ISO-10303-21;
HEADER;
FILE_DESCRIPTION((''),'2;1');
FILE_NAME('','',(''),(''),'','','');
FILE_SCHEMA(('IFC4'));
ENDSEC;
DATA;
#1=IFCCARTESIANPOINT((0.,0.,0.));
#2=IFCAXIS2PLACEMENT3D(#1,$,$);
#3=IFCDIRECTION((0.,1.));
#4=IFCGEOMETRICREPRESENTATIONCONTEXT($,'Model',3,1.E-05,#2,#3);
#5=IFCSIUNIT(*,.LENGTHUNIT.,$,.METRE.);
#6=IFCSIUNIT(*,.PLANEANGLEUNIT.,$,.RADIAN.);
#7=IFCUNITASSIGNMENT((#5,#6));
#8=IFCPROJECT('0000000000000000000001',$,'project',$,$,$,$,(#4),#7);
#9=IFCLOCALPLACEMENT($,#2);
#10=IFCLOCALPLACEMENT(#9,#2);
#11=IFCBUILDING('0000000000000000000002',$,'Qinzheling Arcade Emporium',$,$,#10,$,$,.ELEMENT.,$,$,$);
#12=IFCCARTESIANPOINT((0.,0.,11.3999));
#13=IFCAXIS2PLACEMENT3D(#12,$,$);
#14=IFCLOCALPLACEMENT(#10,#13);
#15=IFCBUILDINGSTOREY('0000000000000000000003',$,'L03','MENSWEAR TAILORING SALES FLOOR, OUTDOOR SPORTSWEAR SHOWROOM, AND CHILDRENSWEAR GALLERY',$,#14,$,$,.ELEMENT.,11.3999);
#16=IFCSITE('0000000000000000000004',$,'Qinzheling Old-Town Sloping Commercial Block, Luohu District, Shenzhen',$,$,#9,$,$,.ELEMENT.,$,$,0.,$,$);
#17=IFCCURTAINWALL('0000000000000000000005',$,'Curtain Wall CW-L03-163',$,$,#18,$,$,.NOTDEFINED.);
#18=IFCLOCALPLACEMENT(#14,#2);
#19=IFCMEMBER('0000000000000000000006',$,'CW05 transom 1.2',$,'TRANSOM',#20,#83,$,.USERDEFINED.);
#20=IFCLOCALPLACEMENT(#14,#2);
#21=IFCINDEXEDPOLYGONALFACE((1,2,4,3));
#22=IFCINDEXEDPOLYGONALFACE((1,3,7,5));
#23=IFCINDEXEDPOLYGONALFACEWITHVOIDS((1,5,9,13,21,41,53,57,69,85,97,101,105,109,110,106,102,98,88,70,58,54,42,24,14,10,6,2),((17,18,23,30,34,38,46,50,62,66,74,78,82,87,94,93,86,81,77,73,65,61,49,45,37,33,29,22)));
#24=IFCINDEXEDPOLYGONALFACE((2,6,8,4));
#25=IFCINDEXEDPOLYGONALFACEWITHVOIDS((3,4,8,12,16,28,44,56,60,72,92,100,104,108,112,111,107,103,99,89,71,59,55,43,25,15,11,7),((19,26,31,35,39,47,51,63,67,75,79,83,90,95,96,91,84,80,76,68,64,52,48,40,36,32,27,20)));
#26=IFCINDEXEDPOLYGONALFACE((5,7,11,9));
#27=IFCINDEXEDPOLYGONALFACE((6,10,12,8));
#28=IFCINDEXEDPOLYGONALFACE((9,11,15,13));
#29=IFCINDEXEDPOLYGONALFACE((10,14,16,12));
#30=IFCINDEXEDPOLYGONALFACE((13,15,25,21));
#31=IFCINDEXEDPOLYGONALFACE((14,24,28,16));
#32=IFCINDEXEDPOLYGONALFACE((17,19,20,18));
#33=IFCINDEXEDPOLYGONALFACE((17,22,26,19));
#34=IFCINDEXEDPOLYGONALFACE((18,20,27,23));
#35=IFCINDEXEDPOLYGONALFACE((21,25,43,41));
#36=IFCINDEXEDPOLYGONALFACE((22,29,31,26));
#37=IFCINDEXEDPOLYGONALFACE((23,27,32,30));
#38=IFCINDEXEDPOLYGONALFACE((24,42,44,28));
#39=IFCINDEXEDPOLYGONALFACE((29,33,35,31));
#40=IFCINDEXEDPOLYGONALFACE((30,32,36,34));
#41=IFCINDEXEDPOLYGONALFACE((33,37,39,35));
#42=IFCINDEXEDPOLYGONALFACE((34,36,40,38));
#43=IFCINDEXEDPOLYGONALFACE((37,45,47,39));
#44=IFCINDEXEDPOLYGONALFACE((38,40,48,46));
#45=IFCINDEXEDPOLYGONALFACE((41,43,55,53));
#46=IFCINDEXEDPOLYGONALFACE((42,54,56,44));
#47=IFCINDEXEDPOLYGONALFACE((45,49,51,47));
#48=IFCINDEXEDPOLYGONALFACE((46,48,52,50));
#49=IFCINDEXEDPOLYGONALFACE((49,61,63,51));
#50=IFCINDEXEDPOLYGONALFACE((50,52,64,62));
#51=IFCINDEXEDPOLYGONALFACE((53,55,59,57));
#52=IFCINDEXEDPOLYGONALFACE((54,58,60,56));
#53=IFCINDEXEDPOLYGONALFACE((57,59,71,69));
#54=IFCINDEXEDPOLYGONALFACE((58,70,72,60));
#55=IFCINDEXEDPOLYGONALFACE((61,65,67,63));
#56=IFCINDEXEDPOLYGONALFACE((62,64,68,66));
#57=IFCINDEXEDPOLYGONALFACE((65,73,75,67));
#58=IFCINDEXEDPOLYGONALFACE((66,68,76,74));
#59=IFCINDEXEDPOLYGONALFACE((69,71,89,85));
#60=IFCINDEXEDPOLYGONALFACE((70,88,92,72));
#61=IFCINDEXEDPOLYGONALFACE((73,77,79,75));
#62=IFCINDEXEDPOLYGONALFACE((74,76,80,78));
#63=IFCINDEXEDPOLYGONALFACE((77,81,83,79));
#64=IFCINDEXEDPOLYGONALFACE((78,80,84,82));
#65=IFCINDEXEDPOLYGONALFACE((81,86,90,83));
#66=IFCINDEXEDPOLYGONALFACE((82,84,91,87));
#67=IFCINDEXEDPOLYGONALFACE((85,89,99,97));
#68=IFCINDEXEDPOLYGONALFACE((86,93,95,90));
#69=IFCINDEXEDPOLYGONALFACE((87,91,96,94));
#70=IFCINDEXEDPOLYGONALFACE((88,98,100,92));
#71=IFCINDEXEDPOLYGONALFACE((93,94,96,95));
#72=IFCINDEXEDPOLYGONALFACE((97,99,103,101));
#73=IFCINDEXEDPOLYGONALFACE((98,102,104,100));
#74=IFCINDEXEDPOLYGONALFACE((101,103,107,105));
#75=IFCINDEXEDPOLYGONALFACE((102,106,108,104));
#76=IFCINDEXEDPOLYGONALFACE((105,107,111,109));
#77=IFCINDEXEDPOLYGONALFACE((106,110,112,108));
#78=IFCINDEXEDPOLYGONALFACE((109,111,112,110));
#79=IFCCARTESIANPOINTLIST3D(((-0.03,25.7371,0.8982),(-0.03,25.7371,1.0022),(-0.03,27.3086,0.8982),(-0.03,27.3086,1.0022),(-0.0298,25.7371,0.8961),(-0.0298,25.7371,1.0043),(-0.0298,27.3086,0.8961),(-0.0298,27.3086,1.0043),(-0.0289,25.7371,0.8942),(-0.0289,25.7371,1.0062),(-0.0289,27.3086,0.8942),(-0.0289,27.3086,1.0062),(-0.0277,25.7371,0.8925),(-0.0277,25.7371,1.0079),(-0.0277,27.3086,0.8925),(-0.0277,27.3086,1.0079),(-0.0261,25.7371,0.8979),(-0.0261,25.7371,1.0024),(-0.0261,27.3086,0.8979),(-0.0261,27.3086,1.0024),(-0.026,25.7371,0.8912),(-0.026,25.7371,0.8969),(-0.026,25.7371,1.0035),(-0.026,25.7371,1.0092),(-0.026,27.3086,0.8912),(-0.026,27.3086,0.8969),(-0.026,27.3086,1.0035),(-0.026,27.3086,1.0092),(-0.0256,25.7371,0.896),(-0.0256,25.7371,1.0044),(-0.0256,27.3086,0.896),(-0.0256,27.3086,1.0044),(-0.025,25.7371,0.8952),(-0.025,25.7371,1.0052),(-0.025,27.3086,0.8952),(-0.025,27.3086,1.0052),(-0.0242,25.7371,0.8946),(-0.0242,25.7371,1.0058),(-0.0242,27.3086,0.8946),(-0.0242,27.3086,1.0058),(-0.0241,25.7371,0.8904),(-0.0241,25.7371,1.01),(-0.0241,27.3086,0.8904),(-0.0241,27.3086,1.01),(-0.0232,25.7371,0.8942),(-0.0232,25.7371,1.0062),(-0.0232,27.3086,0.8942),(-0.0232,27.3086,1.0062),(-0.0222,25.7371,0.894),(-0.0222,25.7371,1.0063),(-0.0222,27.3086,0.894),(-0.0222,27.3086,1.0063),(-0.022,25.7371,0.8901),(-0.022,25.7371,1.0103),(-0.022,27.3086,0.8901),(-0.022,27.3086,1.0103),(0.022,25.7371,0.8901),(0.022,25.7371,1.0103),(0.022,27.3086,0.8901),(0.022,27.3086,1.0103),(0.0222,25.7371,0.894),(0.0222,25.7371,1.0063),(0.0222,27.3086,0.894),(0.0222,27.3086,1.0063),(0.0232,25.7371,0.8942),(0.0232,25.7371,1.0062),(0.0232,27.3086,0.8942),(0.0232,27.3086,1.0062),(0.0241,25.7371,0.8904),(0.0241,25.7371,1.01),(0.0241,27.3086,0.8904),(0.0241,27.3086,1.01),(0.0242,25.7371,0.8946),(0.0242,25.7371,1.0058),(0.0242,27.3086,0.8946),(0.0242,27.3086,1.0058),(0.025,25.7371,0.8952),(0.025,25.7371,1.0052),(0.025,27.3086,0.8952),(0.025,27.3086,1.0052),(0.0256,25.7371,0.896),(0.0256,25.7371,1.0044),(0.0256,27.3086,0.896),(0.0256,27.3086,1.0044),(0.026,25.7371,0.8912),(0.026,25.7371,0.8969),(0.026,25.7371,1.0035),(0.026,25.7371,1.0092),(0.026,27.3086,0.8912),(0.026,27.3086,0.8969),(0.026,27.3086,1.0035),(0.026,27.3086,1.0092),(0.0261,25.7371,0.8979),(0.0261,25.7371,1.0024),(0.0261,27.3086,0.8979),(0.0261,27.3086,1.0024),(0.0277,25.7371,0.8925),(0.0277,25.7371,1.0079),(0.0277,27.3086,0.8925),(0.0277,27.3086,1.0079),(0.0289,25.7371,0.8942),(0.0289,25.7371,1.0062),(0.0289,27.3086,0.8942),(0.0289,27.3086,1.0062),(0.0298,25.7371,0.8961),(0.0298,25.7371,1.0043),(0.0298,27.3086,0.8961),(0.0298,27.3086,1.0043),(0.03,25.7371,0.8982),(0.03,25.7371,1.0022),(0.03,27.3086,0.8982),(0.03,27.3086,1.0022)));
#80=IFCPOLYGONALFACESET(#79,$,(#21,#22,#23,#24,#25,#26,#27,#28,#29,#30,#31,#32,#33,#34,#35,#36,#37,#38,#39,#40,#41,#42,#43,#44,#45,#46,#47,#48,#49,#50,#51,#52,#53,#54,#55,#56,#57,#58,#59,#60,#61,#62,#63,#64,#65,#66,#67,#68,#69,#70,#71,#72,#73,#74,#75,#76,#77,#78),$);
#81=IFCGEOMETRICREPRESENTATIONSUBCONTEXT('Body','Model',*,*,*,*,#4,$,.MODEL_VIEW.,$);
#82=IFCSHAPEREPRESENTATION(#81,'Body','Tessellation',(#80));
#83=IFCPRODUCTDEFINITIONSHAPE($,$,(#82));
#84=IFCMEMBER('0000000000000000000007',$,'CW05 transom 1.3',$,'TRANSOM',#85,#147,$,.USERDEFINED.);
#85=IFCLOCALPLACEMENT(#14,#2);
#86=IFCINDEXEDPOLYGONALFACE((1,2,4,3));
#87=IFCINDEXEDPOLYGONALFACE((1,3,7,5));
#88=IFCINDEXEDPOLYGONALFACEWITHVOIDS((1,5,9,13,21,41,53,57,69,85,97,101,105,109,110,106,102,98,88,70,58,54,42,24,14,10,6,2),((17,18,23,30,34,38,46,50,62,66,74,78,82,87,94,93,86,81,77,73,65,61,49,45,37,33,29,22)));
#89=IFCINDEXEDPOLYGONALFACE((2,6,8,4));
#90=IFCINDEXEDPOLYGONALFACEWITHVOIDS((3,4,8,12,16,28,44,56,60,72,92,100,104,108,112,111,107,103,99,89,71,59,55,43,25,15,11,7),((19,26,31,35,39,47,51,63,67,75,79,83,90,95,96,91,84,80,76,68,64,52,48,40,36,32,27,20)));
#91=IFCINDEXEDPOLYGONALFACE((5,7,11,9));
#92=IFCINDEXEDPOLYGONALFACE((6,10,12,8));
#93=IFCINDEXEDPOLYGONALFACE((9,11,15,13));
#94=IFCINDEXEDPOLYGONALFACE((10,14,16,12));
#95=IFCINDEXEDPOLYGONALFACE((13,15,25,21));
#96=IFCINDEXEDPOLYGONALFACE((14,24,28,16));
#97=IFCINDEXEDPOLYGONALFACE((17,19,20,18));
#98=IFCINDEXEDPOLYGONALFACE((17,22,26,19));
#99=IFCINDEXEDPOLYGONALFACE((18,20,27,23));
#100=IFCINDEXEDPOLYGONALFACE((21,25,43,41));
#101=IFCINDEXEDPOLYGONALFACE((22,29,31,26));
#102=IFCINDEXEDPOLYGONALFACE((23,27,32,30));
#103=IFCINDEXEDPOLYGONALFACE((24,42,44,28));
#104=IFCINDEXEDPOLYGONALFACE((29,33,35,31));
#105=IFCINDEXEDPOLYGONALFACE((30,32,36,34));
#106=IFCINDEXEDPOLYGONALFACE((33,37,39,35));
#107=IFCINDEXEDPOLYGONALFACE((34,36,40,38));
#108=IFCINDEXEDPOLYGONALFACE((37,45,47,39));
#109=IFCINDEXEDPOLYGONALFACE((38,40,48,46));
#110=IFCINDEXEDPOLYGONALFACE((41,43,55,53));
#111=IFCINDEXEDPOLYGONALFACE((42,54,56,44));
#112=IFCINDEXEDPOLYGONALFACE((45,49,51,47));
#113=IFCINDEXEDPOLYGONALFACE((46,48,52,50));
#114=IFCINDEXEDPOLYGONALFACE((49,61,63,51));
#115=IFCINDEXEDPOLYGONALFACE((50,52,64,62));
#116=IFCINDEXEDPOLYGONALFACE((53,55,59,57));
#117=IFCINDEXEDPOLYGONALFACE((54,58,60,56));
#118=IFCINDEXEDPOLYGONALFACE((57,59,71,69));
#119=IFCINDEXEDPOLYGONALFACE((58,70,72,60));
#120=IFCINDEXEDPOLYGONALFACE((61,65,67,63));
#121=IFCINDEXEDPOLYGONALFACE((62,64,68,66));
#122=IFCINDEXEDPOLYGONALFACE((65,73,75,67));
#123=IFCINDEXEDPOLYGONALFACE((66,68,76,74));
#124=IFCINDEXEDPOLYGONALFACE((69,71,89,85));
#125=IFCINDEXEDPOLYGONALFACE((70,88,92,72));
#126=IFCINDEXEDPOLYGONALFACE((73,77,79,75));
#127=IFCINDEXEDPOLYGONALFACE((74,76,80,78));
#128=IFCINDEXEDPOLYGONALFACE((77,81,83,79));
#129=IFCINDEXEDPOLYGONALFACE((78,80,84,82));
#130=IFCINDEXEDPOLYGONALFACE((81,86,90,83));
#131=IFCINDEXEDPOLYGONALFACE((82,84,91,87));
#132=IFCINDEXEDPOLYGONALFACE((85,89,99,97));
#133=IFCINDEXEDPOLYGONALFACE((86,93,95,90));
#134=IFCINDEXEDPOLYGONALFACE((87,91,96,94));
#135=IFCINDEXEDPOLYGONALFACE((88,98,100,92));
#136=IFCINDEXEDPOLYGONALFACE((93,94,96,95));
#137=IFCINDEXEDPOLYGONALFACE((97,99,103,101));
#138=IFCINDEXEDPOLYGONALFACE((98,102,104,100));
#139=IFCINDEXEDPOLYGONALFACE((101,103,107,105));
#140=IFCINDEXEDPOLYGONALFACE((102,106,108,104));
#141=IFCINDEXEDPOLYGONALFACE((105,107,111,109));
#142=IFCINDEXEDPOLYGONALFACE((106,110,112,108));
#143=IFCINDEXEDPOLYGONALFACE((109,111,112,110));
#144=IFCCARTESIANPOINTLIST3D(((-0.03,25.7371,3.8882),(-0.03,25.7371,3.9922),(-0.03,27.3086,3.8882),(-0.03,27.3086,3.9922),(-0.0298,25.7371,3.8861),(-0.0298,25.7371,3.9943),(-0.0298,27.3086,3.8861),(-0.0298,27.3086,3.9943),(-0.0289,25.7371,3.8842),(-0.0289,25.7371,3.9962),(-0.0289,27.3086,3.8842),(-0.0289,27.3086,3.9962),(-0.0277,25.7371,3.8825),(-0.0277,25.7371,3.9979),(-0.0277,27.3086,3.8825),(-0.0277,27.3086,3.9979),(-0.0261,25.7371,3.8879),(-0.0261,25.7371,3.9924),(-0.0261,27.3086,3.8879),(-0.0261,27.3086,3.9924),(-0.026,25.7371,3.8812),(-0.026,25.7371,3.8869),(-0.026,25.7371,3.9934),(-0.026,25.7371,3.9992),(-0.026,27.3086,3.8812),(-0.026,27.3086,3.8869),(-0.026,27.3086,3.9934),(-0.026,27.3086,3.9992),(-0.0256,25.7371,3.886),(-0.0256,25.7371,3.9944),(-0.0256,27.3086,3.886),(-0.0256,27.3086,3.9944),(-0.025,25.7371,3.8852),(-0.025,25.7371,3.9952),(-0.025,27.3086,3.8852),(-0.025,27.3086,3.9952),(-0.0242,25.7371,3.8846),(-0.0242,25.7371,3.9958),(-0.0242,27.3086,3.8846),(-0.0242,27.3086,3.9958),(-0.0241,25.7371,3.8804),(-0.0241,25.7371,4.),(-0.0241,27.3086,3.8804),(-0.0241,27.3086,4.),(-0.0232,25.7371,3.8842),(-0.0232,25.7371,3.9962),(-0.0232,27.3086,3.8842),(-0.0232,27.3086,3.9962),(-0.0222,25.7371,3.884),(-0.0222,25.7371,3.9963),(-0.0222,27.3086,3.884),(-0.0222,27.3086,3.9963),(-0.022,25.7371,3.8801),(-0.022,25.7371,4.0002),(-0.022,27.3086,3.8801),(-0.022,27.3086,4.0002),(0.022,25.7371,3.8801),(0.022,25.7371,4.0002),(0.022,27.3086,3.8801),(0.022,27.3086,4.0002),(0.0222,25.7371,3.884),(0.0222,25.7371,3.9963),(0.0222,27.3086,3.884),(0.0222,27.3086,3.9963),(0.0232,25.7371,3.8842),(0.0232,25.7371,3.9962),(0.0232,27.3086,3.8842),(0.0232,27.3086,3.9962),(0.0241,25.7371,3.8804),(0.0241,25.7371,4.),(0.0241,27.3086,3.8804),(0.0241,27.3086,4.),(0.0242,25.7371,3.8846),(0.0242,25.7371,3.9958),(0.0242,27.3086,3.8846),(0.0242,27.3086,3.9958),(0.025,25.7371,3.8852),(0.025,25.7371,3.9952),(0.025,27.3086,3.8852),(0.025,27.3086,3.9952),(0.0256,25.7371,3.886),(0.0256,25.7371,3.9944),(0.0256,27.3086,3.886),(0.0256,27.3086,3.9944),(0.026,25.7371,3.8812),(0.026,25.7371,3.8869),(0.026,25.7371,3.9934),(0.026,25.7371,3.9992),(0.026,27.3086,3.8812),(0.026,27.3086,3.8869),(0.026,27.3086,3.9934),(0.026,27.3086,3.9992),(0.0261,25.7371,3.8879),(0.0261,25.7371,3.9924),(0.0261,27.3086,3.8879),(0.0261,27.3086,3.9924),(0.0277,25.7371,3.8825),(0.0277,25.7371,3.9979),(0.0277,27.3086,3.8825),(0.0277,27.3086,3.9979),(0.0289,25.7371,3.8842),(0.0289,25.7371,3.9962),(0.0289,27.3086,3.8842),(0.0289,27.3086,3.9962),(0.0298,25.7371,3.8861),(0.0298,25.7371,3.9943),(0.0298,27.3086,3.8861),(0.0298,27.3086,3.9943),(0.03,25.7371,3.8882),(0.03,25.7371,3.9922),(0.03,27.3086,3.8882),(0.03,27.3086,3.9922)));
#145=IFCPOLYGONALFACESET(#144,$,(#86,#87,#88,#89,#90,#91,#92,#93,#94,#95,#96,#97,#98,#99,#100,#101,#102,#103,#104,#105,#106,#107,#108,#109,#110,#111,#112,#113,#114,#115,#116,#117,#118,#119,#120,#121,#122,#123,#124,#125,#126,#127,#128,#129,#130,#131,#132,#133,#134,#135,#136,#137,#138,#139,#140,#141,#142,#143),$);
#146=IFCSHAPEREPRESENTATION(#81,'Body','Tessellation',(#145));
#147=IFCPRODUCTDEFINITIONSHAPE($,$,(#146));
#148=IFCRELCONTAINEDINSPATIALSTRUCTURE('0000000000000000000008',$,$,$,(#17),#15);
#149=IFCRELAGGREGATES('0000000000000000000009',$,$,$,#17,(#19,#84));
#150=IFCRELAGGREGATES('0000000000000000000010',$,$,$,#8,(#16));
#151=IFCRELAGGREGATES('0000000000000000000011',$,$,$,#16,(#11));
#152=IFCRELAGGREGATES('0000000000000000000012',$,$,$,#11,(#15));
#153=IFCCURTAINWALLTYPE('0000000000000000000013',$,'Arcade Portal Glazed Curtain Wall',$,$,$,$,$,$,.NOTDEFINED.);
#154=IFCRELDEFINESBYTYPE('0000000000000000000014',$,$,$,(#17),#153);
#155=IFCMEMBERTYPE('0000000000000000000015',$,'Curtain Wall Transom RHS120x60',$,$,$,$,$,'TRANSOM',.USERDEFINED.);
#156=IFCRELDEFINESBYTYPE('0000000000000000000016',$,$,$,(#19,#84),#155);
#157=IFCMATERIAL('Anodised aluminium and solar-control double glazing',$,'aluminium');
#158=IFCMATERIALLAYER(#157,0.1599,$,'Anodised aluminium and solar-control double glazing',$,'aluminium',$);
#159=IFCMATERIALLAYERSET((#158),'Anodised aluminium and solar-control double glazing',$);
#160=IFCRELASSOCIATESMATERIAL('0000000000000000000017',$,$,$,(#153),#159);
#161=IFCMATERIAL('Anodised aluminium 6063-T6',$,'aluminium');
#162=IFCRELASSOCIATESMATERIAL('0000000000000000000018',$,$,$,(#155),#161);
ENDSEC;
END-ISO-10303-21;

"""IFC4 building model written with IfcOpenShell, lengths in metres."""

from ifc_helpers import new_model, si_unit, direction, frame, origin, origin_2d, place, context, subcontext, project, spatial, hollow_rectangle, extrude, material, layer, layer_set, material_profile, profile_set, type_object, element, aggregate, save


model = new_model("IFC4")

# Units and contexts
model_context = context("Model", 3, precision=1e-05, world=origin(), true_north=direction((0.0, 1.0)))
body_context = subcontext(model_context, "Body", "Model", "MODEL_VIEW")
ifc_project = project(units=[si_unit("LENGTHUNIT", "METRE"), si_unit("PLANEANGLEUNIT", "RADIAN")], contexts=[model_context])

# Site, building, storey
site_placement = place(None, origin())
site = spatial("IfcSite", under=ifc_project, at=site_placement, Name="Qinzheling Old-Town Sloping Commercial Block, Luohu District, Shenzhen", CompositionType="ELEMENT", RefElevation=0.0)
building_placement = place(site_placement, origin())
building = spatial("IfcBuilding", under=site, at=building_placement, Name="Qinzheling Arcade Emporium", CompositionType="ELEMENT")
storey_placement = place(building_placement, frame((0.0, 0.0, 11.3999)))
storey = spatial("IfcBuildingStorey", under=building, at=storey_placement, Name="L03", Description="MENSWEAR TAILORING SALES FLOOR, OUTDOOR SPORTSWEAR SHOWROOM, AND CHILDRENSWEAR GALLERY", CompositionType="ELEMENT", Elevation=11.3999)

# Shared definitions
ifc_material_1 = material(Name="Anodised aluminium and solar-control double glazing", Category="aluminium")
ifc_material_2 = material(Name="Anodised aluminium 6063-T6", Category="aluminium")

# Curtain wall
ifc_layer_1 = layer(ifc_material_1, 0.1599, Name="Anodised aluminium and solar-control double glazing", Category="aluminium")
ifc_layer_set_1 = layer_set([ifc_layer_1], Name="Anodised aluminium and solar-control double glazing")
curtain_wall_type_1 = type_object("IfcCurtainWallType", Name="Arcade Portal Glazed Curtain Wall", PredefinedType="NOTDEFINED", material=ifc_layer_set_1)
curtain_wall_1_placement = place(storey_placement, origin())
curtain_wall_1 = element("IfcCurtainWall", 1, at=curtain_wall_1_placement, inside=storey, type_object=curtain_wall_type_1, Name="Curtain Wall CW-L03-163", PredefinedType="NOTDEFINED")

# Members
ifc_material_profile_1 = material_profile(ifc_material_2, hollow_rectangle(XDim=0.0601, YDim=0.1201, WallThickness=0.0039, InnerFilletRadius=0.0039, OuterFilletRadius=0.0081, at=origin_2d()), Name="RHS 120x60x4", Category="aluminium")
ifc_profile_set_1 = profile_set([ifc_material_profile_1], Name="Anodised aluminium 6063-T6")
member_type_1 = type_object("IfcMemberType", Name="Curtain Wall Transom RHS120x60", ElementType="TRANSOM", PredefinedType="USERDEFINED", material=ifc_profile_set_1)
member_1_placement = place(storey_placement, frame((0.0, 25.7371, 0.9502), z_axis=(0.0, 1.0, 0.0), x_axis=(-1.0, 0.0, 0.0)))
member_1 = element("IfcMember", 2, at=member_1_placement, type_object=member_type_1, Name="CW05 transom 1.2", ObjectType="TRANSOM", PredefinedType="USERDEFINED", context=body_context, shape_type="SweptSolid", body=[
    extrude(hollow_rectangle(XDim=0.0601, YDim=0.1201, WallThickness=0.0039, InnerFilletRadius=0.0039, OuterFilletRadius=0.0081, at=origin_2d()), origin(), (0.0, 0.0, 1.0), 1.5715),
])
member_2_placement = place(storey_placement, frame((0.0, 25.7371, 3.9402), z_axis=(0.0, 1.0, 0.0), x_axis=(-1.0, 0.0, 0.0)))
member_2 = element("IfcMember", 3, at=member_2_placement, type_object=member_type_1, Name="CW05 transom 1.3", ObjectType="TRANSOM", PredefinedType="USERDEFINED", context=body_context, shape_type="SweptSolid", body=[
    extrude(hollow_rectangle(XDim=0.0601, YDim=0.1201, WallThickness=0.0039, InnerFilletRadius=0.0039, OuterFilletRadius=0.0081, at=origin_2d()), origin(), (0.0, 0.0, 1.0), 1.5715),
])

aggregate(curtain_wall_1, [member_1, member_2])

save(model, "model.ifc")
